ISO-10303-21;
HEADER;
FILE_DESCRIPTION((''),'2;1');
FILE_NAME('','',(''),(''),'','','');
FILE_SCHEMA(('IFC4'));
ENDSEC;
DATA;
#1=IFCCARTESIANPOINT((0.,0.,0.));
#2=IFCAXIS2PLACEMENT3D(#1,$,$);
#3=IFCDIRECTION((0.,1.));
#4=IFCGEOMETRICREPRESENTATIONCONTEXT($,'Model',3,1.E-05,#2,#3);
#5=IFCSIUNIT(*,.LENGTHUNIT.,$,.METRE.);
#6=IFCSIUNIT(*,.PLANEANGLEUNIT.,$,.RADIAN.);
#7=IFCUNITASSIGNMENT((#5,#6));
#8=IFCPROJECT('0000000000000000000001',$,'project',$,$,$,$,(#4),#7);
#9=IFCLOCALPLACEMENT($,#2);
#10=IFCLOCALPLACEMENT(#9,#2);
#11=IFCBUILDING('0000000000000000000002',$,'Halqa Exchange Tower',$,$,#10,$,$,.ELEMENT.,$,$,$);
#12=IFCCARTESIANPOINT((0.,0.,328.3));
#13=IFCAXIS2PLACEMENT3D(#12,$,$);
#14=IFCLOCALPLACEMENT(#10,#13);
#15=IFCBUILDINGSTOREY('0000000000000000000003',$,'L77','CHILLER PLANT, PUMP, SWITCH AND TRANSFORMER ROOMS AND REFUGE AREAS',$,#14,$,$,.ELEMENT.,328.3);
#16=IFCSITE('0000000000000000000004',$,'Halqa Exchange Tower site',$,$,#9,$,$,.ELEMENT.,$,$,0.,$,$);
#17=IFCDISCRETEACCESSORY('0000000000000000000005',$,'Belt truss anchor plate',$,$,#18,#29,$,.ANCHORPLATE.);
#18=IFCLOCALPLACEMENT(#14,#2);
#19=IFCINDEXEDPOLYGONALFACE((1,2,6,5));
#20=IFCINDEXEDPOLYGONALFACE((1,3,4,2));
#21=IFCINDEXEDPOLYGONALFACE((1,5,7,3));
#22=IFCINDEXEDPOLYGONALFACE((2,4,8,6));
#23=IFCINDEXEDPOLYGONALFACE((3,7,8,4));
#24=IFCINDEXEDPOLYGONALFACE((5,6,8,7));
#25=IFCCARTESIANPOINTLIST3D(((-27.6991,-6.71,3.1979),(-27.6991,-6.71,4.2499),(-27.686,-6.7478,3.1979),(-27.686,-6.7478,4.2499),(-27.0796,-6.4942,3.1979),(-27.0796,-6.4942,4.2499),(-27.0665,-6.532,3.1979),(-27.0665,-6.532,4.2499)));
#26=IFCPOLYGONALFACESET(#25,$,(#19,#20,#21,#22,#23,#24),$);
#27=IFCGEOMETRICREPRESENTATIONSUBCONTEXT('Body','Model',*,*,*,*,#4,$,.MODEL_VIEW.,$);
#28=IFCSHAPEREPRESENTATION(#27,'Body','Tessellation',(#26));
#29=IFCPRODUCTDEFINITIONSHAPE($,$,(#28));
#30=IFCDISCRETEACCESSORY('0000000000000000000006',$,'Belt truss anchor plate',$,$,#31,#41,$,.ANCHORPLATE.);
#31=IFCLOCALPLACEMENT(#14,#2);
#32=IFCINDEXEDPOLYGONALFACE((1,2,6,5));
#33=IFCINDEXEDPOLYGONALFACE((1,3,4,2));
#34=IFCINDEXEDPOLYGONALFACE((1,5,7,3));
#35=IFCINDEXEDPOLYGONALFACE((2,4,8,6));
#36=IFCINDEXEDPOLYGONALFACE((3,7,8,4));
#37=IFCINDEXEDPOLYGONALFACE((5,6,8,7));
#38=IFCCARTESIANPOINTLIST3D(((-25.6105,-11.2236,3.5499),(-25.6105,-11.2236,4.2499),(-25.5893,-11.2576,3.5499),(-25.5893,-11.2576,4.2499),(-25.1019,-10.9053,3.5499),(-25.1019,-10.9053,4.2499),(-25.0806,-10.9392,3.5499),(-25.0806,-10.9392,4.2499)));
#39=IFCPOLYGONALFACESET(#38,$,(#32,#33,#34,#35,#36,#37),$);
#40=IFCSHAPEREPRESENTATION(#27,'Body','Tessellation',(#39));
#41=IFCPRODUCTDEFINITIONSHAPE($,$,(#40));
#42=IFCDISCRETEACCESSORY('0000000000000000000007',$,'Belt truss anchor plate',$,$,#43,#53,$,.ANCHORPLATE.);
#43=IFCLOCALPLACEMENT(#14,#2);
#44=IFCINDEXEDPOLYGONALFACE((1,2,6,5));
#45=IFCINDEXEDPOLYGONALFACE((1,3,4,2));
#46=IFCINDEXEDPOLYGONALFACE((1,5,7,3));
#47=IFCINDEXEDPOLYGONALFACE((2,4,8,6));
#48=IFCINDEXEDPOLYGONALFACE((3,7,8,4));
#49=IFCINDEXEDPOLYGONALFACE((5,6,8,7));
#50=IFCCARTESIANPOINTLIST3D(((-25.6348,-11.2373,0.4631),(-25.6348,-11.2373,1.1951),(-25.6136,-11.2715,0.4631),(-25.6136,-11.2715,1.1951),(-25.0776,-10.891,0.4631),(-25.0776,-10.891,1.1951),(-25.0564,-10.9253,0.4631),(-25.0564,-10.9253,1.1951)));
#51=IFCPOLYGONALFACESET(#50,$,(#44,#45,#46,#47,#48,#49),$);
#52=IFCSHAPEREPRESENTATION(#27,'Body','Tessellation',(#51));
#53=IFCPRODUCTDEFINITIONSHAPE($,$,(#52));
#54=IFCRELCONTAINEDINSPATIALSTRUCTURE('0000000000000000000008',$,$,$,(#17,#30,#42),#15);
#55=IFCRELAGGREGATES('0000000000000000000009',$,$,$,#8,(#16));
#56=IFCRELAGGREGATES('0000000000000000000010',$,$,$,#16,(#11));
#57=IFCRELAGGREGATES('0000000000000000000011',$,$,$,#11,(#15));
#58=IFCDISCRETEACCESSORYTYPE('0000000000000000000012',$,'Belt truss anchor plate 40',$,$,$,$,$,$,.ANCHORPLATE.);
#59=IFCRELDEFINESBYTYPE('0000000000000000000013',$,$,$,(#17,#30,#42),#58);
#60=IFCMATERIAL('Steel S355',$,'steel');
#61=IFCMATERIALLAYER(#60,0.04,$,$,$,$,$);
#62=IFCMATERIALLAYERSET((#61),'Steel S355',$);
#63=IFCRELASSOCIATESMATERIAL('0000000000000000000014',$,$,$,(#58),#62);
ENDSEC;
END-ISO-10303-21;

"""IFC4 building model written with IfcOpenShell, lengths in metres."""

from ifc_helpers import new_model, si_unit, direction, frame, origin, origin_2d, place, context, subcontext, project, spatial, rectangle, extrude, material, layer, layer_set, type_object, element, save


model = new_model("IFC4")

# Units and contexts
model_context = context("Model", 3, precision=1e-05, world=origin(), true_north=direction((0.0, 1.0)))
body_context = subcontext(model_context, "Body", "Model", "MODEL_VIEW")
ifc_project = project(units=[si_unit("LENGTHUNIT", "METRE"), si_unit("PLANEANGLEUNIT", "RADIAN")], contexts=[model_context])

# Site, building, storey
site_placement = place(None, origin())
site = spatial("IfcSite", under=ifc_project, at=site_placement, Name="Halqa Exchange Tower site", CompositionType="ELEMENT", RefElevation=0.0)
building_placement = place(site_placement, origin())
building = spatial("IfcBuilding", under=site, at=building_placement, Name="Halqa Exchange Tower", CompositionType="ELEMENT")
storey_placement = place(building_placement, frame((0.0, 0.0, 328.3)))
storey = spatial("IfcBuildingStorey", under=building, at=storey_placement, Name="L77", Description="CHILLER PLANT, PUMP, SWITCH AND TRANSFORMER ROOMS AND REFUGE AREAS", CompositionType="ELEMENT", Elevation=328.3)

# Shared definitions
ifc_material_1 = material(Name="Steel S355", Category="steel")

# Discrete accessories
ifc_layer_1 = layer(ifc_material_1, 0.04)
ifc_layer_set_1 = layer_set([ifc_layer_1], Name="Steel S355")
discrete_accessory_type = type_object("IfcDiscreteAccessoryType", Name="Belt truss anchor plate 40", PredefinedType="ANCHORPLATE", material=ifc_layer_set_1)
discrete_accessory_1_placement = place(storey_placement, frame((-27.3762, -6.6399, 3.7239), z_axis=(-0.328993, 0.944332, 0.0), x_axis=(-0.944332, -0.328993, 0.0)))
element("IfcDiscreteAccessory", 1, at=discrete_accessory_1_placement, inside=storey, type_object=discrete_accessory_type, Name="Belt truss anchor plate", PredefinedType="ANCHORPLATE", context=body_context, shape_type="SweptSolid", body=[
    extrude(rectangle(XDim=0.656, YDim=1.052, at=origin_2d()), origin(), (0.0, 0.0, 1.0), 0.04),
])
discrete_accessory_2_placement = place(storey_placement, frame((-25.335, -11.0984, 3.8999), z_axis=(-0.530547, 0.847656, 0.0), x_axis=(-0.847656, -0.530547, 0.0)))
element("IfcDiscreteAccessory", 2, at=discrete_accessory_2_placement, inside=storey, type_object=discrete_accessory_type, Name="Belt truss anchor plate", PredefinedType="ANCHORPLATE", context=body_context, shape_type="SweptSolid", body=[
    extrude(rectangle(XDim=0.6001, YDim=0.7, at=origin_2d()), origin(), (0.0, 0.0, 1.0), 0.04),
])
discrete_accessory_3_placement = place(storey_placement, frame((-25.335, -11.0984, 0.8291), z_axis=(-0.527816, 0.849359, 0.0), x_axis=(-0.849359, -0.527816, 0.0)))
element("IfcDiscreteAccessory", 3, at=discrete_accessory_3_placement, inside=storey, type_object=discrete_accessory_type, Name="Belt truss anchor plate", PredefinedType="ANCHORPLATE", context=body_context, shape_type="SweptSolid", body=[
    extrude(rectangle(XDim=0.656, YDim=0.7319, at=origin_2d()), origin(), (0.0, 0.0, 1.0), 0.0403),
])

save(model, "model.ifc")
